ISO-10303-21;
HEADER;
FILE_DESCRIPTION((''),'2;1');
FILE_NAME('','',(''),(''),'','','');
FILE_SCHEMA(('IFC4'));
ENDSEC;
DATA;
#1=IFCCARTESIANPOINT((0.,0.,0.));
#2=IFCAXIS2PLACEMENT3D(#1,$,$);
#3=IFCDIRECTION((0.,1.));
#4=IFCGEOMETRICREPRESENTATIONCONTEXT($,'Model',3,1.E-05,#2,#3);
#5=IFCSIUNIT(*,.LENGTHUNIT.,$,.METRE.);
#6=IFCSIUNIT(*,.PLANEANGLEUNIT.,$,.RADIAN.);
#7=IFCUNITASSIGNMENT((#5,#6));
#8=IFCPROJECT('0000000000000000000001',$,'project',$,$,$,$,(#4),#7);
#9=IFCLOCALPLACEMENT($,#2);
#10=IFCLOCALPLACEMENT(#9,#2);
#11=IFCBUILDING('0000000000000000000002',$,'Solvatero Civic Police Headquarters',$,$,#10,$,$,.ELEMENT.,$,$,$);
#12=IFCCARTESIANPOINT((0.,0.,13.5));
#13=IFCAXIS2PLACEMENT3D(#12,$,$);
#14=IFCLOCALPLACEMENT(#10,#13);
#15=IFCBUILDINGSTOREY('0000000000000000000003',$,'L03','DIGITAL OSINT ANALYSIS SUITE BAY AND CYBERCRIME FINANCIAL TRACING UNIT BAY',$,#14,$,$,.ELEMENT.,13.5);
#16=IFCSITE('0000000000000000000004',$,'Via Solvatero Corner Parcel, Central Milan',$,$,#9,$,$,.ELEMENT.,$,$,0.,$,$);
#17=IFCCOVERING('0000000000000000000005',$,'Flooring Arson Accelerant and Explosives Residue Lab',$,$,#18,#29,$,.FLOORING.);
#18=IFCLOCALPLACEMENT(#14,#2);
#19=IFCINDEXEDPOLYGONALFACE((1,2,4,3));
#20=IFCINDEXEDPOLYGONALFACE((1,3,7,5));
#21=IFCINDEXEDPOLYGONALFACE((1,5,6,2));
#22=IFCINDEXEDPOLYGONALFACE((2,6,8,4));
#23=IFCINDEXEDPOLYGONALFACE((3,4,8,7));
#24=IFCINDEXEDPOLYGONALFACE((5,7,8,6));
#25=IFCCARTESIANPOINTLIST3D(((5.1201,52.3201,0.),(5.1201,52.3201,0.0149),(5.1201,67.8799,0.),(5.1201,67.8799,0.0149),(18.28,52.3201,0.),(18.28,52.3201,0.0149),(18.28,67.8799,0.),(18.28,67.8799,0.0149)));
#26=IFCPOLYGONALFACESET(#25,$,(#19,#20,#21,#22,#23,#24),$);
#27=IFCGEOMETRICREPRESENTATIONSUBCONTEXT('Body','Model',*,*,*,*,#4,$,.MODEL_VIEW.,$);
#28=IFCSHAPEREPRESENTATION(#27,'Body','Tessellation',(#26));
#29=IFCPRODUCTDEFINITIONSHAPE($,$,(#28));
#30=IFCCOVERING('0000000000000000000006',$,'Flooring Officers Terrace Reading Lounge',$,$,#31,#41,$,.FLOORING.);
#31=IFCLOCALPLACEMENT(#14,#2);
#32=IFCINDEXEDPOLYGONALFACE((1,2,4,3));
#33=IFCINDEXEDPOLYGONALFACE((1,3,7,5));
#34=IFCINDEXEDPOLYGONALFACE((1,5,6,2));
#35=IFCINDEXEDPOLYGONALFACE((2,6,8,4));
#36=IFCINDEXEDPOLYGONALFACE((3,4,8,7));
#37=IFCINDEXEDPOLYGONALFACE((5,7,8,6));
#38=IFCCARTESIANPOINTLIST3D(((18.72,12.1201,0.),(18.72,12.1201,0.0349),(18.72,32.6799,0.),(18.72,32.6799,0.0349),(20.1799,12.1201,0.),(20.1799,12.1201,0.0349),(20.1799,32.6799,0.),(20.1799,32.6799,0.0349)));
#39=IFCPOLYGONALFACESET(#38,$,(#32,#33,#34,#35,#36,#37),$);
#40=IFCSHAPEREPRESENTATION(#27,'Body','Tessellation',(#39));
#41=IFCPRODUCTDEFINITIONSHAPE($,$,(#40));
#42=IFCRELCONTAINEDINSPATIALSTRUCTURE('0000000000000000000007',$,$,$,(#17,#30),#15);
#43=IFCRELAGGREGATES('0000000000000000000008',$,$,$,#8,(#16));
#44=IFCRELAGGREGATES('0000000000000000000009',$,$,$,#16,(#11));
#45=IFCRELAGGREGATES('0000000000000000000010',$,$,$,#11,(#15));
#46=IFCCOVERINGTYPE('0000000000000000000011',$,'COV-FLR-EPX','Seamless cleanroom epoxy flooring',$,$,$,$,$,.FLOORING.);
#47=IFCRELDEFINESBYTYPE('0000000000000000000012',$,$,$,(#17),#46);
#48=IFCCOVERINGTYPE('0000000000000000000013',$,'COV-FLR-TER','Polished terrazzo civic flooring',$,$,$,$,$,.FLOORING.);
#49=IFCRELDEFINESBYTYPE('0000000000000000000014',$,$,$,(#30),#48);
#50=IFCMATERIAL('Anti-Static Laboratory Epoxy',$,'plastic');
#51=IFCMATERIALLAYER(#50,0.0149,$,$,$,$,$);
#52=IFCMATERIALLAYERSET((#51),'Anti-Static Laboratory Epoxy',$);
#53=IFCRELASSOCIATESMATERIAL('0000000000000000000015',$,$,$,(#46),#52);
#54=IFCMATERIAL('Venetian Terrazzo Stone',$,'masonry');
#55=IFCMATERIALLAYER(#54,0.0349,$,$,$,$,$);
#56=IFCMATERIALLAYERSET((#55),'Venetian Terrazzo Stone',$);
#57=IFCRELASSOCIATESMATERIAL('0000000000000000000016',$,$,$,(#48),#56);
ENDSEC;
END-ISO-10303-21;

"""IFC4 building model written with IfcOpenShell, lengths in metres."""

from ifc_helpers import new_model, si_unit, direction, frame, origin, place, context, subcontext, project, spatial, polyline, outline, extrude, material, layer, layer_set, type_object, element, save


model = new_model("IFC4")

# Units and contexts
model_context = context("Model", 3, precision=1e-05, world=origin(), true_north=direction((0.0, 1.0)))
body_context = subcontext(model_context, "Body", "Model", "MODEL_VIEW")
ifc_project = project(units=[si_unit("LENGTHUNIT", "METRE"), si_unit("PLANEANGLEUNIT", "RADIAN")], contexts=[model_context])

# Site, building, storey
site_placement = place(None, origin())
site = spatial("IfcSite", under=ifc_project, at=site_placement, Name="Via Solvatero Corner Parcel, Central Milan", CompositionType="ELEMENT", RefElevation=0.0)
building_placement = place(site_placement, origin())
building = spatial("IfcBuilding", under=site, at=building_placement, Name="Solvatero Civic Police Headquarters", CompositionType="ELEMENT")
storey_placement = place(building_placement, frame((0.0, 0.0, 13.5)))
storey = spatial("IfcBuildingStorey", under=building, at=storey_placement, Name="L03", Description="DIGITAL OSINT ANALYSIS SUITE BAY AND CYBERCRIME FINANCIAL TRACING UNIT BAY", CompositionType="ELEMENT", Elevation=13.5)

# Coverings
ifc_material_1 = material(Name="Anti-Static Laboratory Epoxy", Category="plastic")
ifc_layer_1 = layer(ifc_material_1, 0.0149)
ifc_layer_set_1 = layer_set([ifc_layer_1], Name="Anti-Static Laboratory Epoxy")
covering_type_1 = type_object("IfcCoveringType", Name="COV-FLR-EPX", Description="Seamless cleanroom epoxy flooring", PredefinedType="FLOORING", material=ifc_layer_set_1)
covering_1_placement = place(storey_placement, origin())
element("IfcCovering", 1, at=covering_1_placement, inside=storey, type_object=covering_type_1, Name="Flooring Arson Accelerant and Explosives Residue Lab", PredefinedType="FLOORING", context=body_context, shape_type="SweptSolid", body=[
    extrude(outline(polyline([(5.1201, 52.3201), (5.1201, 67.8799), (18.28, 67.8799), (18.28, 52.3201), (5.1201, 52.3201)])), origin(), (0.0, 0.0, 1.0), 0.0149),
])
ifc_material_2 = material(Name="Venetian Terrazzo Stone", Category="masonry")
ifc_layer_2 = layer(ifc_material_2, 0.0349)
ifc_layer_set_2 = layer_set([ifc_layer_2], Name="Venetian Terrazzo Stone")
covering_type_2 = type_object("IfcCoveringType", Name="COV-FLR-TER", Description="Polished terrazzo civic flooring", PredefinedType="FLOORING", material=ifc_layer_set_2)
covering_2_placement = place(storey_placement, origin())
element("IfcCovering", 2, at=covering_2_placement, inside=storey, type_object=covering_type_2, Name="Flooring Officers Terrace Reading Lounge", PredefinedType="FLOORING", context=body_context, shape_type="SweptSolid", body=[
    extrude(outline(polyline([(18.72, 12.1201), (18.72, 32.6799), (20.1799, 32.6799), (20.1799, 12.1201), (18.72, 12.1201)])), origin(), (0.0, 0.0, 1.0), 0.0349),
])

save(model, "model.ifc")
